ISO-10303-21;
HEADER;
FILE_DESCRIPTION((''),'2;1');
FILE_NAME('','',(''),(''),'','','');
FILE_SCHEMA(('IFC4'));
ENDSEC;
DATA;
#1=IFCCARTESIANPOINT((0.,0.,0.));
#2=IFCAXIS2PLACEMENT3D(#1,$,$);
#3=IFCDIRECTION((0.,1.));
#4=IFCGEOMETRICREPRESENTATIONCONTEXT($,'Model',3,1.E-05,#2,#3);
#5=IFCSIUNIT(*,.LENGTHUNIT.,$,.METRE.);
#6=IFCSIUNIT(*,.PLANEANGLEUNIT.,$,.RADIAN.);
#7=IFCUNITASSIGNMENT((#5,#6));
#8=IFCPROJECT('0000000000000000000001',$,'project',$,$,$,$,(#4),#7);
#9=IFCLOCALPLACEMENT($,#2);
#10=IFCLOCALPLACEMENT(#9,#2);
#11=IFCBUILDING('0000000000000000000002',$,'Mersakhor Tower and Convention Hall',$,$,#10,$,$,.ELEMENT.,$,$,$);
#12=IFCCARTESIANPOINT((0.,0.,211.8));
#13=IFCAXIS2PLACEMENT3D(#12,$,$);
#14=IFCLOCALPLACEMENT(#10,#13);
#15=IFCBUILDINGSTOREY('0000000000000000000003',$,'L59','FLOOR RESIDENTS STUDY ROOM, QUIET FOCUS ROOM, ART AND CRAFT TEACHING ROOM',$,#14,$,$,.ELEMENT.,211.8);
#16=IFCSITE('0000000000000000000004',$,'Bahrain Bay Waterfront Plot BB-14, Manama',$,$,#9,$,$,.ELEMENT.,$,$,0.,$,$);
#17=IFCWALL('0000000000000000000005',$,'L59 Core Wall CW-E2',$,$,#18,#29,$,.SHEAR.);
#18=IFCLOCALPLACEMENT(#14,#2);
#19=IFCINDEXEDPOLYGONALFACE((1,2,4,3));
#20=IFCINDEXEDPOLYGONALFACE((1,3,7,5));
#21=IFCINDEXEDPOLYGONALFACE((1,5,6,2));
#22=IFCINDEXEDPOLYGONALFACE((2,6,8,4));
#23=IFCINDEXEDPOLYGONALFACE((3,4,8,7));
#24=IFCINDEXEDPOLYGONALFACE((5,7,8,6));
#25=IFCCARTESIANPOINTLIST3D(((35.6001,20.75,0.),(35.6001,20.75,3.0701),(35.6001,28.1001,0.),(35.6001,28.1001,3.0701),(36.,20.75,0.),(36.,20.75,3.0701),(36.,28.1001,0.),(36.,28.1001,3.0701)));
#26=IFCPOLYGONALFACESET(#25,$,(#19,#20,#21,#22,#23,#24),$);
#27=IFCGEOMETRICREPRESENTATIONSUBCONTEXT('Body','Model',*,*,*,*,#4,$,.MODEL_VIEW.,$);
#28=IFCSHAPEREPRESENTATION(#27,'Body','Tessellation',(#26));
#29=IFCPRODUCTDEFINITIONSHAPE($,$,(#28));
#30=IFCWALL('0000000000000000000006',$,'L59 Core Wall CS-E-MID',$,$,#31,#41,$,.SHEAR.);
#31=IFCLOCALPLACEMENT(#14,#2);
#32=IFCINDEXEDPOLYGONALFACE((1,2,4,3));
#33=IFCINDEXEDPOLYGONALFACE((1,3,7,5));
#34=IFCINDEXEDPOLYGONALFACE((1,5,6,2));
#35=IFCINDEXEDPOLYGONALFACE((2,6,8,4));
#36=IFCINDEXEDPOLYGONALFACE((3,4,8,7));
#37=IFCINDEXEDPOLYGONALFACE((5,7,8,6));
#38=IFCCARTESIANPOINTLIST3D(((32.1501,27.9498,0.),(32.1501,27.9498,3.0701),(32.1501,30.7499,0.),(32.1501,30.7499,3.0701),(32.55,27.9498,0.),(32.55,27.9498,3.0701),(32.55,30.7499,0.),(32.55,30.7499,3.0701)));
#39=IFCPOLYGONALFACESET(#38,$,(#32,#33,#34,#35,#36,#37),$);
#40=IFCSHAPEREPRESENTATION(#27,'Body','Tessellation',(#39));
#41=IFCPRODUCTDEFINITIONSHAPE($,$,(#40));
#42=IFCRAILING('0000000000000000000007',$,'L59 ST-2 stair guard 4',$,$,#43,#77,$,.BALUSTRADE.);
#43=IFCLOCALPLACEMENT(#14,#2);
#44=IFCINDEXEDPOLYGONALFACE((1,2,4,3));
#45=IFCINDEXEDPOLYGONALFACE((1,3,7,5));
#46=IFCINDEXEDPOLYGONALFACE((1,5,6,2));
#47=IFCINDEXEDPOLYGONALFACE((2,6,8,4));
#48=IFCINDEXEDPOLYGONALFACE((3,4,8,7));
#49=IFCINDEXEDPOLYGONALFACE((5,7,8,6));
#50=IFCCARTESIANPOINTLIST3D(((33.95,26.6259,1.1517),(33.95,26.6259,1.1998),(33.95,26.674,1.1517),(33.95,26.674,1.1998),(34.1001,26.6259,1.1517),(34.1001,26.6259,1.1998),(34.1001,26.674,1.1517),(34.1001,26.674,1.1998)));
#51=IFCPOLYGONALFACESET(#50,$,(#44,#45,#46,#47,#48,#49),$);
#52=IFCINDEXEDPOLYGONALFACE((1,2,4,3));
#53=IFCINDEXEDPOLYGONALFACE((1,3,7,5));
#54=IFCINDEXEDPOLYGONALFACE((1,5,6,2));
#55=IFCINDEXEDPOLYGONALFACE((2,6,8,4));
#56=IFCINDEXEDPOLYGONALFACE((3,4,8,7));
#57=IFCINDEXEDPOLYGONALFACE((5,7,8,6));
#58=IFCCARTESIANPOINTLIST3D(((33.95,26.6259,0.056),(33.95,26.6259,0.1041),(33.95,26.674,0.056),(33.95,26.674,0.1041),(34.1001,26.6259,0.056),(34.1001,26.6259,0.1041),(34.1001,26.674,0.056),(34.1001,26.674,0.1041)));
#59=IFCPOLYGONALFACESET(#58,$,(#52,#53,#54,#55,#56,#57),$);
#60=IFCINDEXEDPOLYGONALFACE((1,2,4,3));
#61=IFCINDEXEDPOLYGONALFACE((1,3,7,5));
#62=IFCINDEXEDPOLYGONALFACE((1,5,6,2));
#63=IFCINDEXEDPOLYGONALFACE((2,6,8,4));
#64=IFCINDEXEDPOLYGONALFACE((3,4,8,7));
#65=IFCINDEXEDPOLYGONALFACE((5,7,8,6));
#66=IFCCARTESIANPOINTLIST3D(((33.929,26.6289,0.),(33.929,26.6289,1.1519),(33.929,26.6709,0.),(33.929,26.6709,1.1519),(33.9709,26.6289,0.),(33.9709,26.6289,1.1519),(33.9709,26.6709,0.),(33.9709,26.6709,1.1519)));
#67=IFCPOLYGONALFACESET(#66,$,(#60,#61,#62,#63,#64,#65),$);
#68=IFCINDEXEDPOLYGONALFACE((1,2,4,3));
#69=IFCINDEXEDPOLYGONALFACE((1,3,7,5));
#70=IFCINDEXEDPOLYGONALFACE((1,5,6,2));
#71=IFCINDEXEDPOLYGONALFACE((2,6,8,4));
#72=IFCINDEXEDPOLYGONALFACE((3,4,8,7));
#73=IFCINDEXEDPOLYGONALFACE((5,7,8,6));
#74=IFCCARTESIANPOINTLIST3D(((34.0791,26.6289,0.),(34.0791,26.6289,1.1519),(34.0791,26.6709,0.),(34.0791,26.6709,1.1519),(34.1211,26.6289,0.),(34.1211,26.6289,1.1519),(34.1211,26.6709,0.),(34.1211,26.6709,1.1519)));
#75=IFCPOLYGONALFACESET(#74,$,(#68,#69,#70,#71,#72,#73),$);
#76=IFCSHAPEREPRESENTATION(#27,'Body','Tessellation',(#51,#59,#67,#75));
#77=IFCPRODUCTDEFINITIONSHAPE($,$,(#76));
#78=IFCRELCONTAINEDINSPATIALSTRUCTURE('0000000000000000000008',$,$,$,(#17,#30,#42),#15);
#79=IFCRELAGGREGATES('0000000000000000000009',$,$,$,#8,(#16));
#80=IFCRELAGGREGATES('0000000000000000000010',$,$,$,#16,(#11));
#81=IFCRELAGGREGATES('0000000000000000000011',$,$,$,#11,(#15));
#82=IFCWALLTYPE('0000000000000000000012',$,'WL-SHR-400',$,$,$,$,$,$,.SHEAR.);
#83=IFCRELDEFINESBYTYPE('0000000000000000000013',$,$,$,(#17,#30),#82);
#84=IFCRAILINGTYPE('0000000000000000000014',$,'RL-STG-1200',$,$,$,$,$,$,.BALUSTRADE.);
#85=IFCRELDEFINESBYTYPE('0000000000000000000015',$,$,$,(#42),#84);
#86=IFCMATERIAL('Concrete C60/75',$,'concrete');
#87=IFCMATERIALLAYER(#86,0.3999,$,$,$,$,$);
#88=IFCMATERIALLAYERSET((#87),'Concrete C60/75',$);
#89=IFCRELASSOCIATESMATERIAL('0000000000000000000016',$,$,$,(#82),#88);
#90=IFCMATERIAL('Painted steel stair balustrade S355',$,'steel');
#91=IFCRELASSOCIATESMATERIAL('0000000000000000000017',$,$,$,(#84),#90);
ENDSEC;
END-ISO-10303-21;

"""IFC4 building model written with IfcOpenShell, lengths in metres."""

from ifc_helpers import new_model, si_unit, direction, frame, frame_2d, origin, origin_2d, place, context, subcontext, project, spatial, rectangle, extrude, material, layer, layer_set, type_object, element, save


model = new_model("IFC4")

# Units and contexts
model_context = context("Model", 3, precision=1e-05, world=origin(), true_north=direction((0.0, 1.0)))
body_context = subcontext(model_context, "Body", "Model", "MODEL_VIEW")
ifc_project = project(units=[si_unit("LENGTHUNIT", "METRE"), si_unit("PLANEANGLEUNIT", "RADIAN")], contexts=[model_context])

# Site, building, storey
site_placement = place(None, origin())
site = spatial("IfcSite", under=ifc_project, at=site_placement, Name="Bahrain Bay Waterfront Plot BB-14, Manama", CompositionType="ELEMENT", RefElevation=0.0)
building_placement = place(site_placement, origin())
building = spatial("IfcBuilding", under=site, at=building_placement, Name="Mersakhor Tower and Convention Hall", CompositionType="ELEMENT")
storey_placement = place(building_placement, frame((0.0, 0.0, 211.8)))
storey = spatial("IfcBuildingStorey", under=building, at=storey_placement, Name="L59", Description="FLOOR RESIDENTS STUDY ROOM, QUIET FOCUS ROOM, ART AND CRAFT TEACHING ROOM", CompositionType="ELEMENT", Elevation=211.8)

# Shared definitions
ifc_material_1 = material(Name="Concrete C60/75", Category="concrete")
ifc_layer_1 = layer(ifc_material_1, 0.3999)
ifc_layer_set_1 = layer_set([ifc_layer_1], Name="Concrete C60/75")
wall_type_1 = type_object("IfcWallType", Name="WL-SHR-400", PredefinedType="SHEAR", material=ifc_layer_set_1)

# Walls
wall_1_placement = place(storey_placement, frame((35.8, 28.1001, 0.0), z_axis=(0.0, 0.0, 1.0), x_axis=(0.0, -1.0, 0.0)))
element("IfcWall", 1, at=wall_1_placement, inside=storey, type_object=wall_type_1, Name="L59 Core Wall CW-E2", PredefinedType="SHEAR", context=body_context, shape_type="SweptSolid", body=[
    extrude(rectangle(XDim=7.3501, YDim=0.3999, at=frame_2d((3.675, 0.0))), origin(), (0.0, 0.0, 1.0), 3.0701),
])
wall_2_placement = place(storey_placement, frame((32.3501, 27.95, 0.0), z_axis=(0.0, 0.0, 1.0), x_axis=(0.0, 1.0, 0.0)))
element("IfcWall", 2, at=wall_2_placement, inside=storey, type_object=wall_type_1, Name="L59 Core Wall CS-E-MID", PredefinedType="SHEAR", context=body_context, shape_type="SweptSolid", body=[
    extrude(rectangle(XDim=2.8, YDim=0.3999, at=frame_2d((1.3999, 0.0))), origin(), (0.0, 0.0, 1.0), 3.0701),
])

# Railing
ifc_material_2 = material(Name="Painted steel stair balustrade S355", Category="steel")
railing_type = type_object("IfcRailingType", Name="RL-STG-1200", PredefinedType="BALUSTRADE", material=ifc_material_2)
railing_placement = place(storey_placement, frame((33.95, 26.6499, 0.0)))
element("IfcRailing", 3, at=railing_placement, inside=storey, type_object=railing_type, Name="L59 ST-2 stair guard 4", PredefinedType="BALUSTRADE", context=body_context, shape_type="SweptSolid", body=[
    extrude(rectangle(XDim=0.0481, YDim=0.0481, at=origin_2d()), frame((0.0, 0.0, 1.1758), z_axis=(1.0, 0.0, 0.0), x_axis=(0.0, 1.0, 0.0)), (0.0, 0.0, 1.0), 0.1501),
    extrude(rectangle(XDim=0.0481, YDim=0.0481, at=origin_2d()), frame((0.0, 0.0, 0.0801), z_axis=(1.0, 0.0, 0.0), x_axis=(0.0, 1.0, 0.0)), (0.0, 0.0, 1.0), 0.1501),
    extrude(rectangle(XDim=0.042, YDim=0.042, at=origin_2d()), origin(), (0.0, 0.0, 1.0), 1.1519),
    extrude(rectangle(XDim=0.042, YDim=0.042, at=origin_2d()), frame((0.1501, 0.0, 0.0)), (0.0, 0.0, 1.0), 1.1519),
])

save(model, "model.ifc")
